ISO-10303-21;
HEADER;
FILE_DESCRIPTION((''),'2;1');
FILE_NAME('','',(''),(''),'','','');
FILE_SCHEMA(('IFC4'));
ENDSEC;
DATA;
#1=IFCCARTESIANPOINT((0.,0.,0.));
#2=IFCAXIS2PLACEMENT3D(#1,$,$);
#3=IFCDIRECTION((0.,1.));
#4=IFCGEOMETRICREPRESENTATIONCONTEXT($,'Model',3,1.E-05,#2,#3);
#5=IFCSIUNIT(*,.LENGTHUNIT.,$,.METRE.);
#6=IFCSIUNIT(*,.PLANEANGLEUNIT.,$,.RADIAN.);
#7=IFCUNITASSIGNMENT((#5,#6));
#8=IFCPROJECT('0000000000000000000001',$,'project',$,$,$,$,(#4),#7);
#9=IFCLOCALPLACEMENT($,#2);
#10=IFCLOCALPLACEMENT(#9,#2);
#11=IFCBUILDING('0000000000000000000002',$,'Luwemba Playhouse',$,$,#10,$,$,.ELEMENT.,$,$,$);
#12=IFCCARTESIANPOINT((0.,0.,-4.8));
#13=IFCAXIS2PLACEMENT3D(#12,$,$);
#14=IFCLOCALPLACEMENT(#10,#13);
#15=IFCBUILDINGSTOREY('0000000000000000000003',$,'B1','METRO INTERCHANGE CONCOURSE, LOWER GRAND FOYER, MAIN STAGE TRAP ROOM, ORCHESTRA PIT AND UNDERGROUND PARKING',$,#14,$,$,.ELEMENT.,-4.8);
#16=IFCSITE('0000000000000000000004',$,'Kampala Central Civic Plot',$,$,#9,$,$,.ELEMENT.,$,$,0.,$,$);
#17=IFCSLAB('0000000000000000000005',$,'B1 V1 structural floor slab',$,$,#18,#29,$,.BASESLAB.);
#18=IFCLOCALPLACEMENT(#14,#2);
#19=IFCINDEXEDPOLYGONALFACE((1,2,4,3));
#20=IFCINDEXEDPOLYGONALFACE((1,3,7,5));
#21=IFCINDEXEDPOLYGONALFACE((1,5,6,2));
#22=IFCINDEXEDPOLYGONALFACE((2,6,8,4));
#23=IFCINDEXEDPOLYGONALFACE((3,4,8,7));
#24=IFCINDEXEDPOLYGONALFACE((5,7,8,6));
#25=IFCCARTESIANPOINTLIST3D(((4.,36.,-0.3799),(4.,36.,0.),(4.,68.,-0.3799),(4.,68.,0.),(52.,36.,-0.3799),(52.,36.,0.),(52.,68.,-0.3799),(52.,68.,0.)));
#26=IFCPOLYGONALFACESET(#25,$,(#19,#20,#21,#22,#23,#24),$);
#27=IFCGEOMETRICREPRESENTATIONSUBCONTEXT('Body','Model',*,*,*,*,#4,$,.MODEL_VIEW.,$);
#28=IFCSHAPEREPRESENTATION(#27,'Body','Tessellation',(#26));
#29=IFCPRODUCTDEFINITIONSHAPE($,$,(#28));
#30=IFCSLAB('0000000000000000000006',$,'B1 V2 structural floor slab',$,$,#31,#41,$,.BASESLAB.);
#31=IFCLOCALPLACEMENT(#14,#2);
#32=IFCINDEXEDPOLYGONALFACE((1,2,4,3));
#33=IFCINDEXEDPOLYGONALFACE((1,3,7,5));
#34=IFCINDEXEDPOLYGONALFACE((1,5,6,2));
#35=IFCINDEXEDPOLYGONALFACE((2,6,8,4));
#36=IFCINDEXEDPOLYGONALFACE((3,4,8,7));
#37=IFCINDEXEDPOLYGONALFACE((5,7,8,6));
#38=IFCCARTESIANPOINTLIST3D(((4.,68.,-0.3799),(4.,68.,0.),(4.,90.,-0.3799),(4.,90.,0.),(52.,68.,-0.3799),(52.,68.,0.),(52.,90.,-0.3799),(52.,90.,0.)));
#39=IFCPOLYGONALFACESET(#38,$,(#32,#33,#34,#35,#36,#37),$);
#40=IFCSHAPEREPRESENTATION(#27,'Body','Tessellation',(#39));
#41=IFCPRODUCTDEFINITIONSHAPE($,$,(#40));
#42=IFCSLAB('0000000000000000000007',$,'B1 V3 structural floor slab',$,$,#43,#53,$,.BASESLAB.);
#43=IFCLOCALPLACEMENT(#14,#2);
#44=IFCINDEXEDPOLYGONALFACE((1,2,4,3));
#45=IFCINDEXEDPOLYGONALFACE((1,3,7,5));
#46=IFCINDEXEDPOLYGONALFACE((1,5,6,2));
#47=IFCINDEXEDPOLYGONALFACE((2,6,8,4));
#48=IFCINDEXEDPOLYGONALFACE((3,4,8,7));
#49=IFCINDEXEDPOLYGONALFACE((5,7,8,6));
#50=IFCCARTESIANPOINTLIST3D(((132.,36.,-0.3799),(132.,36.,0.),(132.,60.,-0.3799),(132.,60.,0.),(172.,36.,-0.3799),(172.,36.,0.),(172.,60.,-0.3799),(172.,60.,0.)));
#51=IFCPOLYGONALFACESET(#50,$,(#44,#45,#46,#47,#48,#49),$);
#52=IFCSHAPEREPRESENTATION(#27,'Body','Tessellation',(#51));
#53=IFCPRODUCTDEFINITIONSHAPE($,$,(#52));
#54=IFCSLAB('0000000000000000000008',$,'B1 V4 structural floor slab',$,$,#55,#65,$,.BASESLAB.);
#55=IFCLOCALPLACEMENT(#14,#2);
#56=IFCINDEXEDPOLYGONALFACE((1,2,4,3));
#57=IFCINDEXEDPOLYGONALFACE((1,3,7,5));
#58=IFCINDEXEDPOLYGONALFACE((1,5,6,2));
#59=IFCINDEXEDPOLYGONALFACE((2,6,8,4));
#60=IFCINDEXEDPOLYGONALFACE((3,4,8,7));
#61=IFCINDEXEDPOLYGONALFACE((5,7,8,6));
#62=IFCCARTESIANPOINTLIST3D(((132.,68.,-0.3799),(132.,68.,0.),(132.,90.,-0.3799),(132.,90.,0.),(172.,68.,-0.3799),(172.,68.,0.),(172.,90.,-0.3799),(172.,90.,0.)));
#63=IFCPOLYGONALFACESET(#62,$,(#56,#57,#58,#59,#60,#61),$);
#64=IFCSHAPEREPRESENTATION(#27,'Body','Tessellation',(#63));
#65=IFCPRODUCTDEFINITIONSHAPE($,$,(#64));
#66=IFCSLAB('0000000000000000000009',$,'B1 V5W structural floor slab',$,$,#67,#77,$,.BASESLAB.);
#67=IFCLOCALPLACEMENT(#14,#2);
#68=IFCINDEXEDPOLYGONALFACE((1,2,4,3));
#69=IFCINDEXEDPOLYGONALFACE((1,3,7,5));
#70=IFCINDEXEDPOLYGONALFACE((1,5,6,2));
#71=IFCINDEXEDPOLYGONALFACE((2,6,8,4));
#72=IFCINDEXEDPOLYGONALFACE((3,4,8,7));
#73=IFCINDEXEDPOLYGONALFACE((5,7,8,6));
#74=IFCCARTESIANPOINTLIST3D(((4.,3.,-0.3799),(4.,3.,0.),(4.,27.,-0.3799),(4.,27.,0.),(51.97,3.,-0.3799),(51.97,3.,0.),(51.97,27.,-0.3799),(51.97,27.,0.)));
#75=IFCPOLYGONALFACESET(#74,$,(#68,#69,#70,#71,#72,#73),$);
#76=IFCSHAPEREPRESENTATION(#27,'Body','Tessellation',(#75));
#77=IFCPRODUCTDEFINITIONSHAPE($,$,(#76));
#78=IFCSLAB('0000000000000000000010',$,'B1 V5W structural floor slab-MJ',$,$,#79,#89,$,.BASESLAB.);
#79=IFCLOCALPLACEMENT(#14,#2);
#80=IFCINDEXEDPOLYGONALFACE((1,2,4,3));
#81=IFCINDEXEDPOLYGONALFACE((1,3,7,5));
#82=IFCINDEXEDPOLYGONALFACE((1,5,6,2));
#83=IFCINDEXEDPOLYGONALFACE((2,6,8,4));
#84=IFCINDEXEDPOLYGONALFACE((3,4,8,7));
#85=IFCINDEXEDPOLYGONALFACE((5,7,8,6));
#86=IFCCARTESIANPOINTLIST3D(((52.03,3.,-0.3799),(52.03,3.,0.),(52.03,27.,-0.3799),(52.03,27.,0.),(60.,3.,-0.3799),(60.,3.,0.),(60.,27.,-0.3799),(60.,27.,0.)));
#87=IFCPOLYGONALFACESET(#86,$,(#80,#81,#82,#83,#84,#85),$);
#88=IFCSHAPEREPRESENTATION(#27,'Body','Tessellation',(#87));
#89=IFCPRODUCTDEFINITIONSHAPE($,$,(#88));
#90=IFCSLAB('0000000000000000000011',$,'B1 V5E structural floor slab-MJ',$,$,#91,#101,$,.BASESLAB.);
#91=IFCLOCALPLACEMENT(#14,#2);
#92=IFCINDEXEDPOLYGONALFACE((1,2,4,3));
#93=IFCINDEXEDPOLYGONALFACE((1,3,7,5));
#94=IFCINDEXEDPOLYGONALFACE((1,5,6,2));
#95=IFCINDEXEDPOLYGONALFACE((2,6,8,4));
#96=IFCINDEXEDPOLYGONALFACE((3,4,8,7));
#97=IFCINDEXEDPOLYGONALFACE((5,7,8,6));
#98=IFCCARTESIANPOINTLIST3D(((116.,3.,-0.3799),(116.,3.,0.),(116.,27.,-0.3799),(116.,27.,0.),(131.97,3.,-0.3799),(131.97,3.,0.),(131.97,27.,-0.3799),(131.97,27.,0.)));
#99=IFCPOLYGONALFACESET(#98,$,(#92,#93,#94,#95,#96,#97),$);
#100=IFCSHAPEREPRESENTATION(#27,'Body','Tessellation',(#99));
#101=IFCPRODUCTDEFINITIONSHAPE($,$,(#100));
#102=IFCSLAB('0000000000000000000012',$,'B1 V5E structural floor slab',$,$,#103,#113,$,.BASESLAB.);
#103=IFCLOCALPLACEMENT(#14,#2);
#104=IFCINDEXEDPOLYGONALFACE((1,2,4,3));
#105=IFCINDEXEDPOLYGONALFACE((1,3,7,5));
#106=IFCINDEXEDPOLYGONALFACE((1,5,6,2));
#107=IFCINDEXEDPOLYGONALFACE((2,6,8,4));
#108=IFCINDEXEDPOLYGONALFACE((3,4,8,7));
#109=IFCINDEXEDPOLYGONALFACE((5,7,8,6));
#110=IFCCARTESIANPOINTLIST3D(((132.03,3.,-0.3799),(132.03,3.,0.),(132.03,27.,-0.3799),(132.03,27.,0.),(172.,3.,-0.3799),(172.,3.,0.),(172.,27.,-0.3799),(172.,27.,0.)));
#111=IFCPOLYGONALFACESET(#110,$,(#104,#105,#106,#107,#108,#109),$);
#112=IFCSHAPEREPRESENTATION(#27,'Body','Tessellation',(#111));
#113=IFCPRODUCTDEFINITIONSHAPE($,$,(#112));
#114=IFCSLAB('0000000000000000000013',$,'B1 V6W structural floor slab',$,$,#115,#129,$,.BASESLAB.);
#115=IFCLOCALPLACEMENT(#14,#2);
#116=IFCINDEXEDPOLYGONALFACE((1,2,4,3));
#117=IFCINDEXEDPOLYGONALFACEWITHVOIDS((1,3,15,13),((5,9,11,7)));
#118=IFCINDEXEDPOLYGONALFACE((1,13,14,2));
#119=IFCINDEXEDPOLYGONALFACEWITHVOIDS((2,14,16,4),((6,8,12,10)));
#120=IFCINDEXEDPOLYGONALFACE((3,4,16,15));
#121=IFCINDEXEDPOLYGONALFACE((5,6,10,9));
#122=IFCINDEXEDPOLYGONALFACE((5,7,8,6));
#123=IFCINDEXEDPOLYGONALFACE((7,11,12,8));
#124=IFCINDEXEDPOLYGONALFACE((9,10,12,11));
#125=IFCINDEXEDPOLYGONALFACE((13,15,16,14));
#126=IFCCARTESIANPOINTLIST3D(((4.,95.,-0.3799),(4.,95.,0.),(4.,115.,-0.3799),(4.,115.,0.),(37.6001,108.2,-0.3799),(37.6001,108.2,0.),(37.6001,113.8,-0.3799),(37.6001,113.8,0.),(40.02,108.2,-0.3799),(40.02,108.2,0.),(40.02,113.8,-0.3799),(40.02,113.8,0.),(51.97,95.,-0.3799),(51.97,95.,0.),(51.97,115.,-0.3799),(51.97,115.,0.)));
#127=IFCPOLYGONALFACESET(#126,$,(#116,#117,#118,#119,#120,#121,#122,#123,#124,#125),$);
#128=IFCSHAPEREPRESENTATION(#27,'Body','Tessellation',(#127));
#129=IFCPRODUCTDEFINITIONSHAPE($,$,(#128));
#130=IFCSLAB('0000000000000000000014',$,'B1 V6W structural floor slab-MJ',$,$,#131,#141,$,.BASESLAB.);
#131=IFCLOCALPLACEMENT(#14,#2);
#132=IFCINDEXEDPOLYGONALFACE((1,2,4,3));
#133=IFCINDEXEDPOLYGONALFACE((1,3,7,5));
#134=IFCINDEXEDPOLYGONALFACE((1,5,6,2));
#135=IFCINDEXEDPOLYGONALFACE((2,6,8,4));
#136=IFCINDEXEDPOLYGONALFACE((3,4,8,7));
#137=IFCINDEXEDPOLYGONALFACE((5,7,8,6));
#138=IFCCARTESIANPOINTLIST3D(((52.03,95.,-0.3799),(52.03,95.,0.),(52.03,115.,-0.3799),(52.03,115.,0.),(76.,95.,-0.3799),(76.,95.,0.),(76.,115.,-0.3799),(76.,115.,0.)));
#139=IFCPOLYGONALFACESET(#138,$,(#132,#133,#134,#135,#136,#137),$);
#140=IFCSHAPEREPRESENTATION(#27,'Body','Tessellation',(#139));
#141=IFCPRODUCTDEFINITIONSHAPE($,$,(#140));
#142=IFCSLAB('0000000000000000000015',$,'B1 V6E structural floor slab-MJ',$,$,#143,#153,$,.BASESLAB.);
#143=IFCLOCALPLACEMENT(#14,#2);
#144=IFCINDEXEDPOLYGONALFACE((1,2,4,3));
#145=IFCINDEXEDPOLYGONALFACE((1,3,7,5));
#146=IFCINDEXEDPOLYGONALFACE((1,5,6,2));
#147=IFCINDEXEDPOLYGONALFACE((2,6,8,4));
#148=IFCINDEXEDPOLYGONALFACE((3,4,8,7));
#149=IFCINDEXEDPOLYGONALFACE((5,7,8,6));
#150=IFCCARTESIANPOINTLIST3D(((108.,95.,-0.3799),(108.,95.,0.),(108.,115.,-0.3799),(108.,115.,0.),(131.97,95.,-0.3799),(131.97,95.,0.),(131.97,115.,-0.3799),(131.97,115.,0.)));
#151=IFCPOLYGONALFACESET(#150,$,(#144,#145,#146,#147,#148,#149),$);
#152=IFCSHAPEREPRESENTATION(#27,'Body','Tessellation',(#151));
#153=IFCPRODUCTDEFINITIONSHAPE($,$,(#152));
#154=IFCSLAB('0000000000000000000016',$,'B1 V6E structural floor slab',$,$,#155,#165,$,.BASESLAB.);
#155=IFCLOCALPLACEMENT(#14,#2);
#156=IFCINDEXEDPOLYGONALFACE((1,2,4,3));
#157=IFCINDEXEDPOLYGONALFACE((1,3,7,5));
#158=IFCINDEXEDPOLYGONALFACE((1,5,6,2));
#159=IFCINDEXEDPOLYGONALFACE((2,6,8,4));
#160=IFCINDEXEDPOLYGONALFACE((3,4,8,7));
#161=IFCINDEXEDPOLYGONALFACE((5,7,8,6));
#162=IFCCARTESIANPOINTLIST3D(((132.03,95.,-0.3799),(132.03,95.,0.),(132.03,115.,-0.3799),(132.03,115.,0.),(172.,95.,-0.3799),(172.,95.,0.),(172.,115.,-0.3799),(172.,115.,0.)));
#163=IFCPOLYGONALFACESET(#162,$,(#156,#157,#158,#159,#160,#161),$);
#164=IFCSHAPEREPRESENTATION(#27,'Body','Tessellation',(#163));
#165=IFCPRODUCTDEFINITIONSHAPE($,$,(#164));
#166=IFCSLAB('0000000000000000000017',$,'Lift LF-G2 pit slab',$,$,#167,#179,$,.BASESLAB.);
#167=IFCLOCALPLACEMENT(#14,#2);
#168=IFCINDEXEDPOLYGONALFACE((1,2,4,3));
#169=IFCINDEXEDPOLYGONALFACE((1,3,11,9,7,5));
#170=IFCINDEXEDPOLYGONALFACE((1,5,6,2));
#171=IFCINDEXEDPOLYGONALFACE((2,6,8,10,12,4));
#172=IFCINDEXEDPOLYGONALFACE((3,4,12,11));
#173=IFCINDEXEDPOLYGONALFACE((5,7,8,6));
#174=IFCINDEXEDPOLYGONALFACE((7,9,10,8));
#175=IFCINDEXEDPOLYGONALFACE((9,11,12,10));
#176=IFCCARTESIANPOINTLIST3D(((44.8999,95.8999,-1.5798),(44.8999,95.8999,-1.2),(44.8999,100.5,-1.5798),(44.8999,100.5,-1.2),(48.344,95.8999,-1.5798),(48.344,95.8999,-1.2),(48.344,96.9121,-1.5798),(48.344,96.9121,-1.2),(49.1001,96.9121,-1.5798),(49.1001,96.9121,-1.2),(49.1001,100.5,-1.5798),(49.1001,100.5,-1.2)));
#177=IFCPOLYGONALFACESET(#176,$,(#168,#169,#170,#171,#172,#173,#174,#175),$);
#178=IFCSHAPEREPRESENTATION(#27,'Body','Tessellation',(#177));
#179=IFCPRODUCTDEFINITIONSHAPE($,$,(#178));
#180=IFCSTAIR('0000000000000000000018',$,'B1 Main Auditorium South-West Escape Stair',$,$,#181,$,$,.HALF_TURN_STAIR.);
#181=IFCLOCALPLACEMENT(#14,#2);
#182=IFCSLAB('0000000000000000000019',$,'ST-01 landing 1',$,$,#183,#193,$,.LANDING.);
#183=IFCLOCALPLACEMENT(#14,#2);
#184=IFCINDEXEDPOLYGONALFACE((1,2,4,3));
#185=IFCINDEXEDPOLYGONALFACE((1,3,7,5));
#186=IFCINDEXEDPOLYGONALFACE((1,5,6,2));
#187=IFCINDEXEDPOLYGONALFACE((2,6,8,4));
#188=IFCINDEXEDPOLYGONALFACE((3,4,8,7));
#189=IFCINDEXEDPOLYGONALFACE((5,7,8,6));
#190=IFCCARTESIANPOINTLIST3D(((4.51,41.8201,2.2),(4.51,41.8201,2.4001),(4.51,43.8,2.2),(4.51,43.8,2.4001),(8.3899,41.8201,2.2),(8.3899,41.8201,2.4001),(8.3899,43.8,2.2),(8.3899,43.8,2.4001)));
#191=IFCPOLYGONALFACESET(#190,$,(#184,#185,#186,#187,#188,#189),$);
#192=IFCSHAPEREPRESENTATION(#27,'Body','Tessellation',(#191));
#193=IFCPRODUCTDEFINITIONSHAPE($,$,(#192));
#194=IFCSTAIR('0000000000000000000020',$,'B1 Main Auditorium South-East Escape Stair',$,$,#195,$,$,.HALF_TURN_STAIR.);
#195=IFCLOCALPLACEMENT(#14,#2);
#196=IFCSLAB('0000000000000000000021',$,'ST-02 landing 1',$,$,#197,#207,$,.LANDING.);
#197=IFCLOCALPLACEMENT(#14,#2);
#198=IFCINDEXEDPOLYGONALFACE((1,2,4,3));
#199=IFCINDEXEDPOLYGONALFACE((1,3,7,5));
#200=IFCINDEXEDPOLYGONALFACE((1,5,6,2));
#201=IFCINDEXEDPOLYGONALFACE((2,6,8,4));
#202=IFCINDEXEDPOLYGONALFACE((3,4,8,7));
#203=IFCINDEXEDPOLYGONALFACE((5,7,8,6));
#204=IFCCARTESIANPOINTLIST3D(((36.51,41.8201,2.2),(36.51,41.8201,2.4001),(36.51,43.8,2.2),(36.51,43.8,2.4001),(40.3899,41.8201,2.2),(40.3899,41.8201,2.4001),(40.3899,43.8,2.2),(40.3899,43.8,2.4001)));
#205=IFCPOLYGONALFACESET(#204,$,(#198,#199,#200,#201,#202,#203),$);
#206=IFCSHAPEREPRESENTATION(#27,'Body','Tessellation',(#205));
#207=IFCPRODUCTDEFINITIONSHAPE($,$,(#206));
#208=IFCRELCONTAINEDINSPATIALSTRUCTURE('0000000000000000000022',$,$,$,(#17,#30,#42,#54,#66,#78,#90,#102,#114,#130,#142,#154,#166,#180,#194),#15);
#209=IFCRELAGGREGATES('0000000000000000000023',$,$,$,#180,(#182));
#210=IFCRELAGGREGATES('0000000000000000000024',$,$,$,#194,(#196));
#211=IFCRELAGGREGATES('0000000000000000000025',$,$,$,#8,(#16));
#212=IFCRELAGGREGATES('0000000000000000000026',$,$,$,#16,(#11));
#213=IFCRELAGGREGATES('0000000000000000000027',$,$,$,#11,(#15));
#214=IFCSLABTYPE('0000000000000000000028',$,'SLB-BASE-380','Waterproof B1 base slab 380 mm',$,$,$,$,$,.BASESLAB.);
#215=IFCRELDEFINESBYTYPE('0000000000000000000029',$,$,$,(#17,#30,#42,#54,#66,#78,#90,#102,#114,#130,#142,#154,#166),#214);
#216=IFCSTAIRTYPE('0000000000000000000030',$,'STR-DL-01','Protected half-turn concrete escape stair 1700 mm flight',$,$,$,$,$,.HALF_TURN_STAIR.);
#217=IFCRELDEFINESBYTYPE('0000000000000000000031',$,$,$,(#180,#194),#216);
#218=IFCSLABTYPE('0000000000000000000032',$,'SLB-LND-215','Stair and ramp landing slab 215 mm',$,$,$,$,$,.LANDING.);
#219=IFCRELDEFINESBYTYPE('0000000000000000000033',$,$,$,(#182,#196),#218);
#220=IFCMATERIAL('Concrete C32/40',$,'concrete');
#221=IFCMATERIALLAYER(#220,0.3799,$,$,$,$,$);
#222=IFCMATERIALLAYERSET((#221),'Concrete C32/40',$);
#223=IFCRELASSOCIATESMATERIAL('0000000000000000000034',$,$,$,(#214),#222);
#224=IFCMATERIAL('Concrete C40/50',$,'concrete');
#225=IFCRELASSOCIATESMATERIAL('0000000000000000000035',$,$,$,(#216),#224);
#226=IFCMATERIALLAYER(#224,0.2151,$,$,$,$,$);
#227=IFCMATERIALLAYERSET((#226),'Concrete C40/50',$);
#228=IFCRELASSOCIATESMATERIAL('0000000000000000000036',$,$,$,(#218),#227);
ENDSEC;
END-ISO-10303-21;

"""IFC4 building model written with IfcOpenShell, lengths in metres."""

from ifc_helpers import new_model, si_unit, direction, frame, origin, place, context, subcontext, project, spatial, polyline, outline, extrude, material, layer, layer_set, type_object, element, aggregate, save


model = new_model("IFC4")

# Units and contexts
model_context = context("Model", 3, precision=1e-05, world=origin(), true_north=direction((0.0, 1.0)))
body_context = subcontext(model_context, "Body", "Model", "MODEL_VIEW")
ifc_project = project(units=[si_unit("LENGTHUNIT", "METRE"), si_unit("PLANEANGLEUNIT", "RADIAN")], contexts=[model_context])

# Site, building, storey
site_placement = place(None, origin())
site = spatial("IfcSite", under=ifc_project, at=site_placement, Name="Kampala Central Civic Plot", CompositionType="ELEMENT", RefElevation=0.0)
building_placement = place(site_placement, origin())
building = spatial("IfcBuilding", under=site, at=building_placement, Name="Luwemba Playhouse", CompositionType="ELEMENT")
storey_placement = place(building_placement, frame((0.0, 0.0, -4.8)))
storey = spatial("IfcBuildingStorey", under=building, at=storey_placement, Name="B1", Description="METRO INTERCHANGE CONCOURSE, LOWER GRAND FOYER, MAIN STAGE TRAP ROOM, ORCHESTRA PIT AND UNDERGROUND PARKING", CompositionType="ELEMENT", Elevation=-4.8)

# Slabs
ifc_material_1 = material(Name="Concrete C32/40", Category="concrete")
ifc_layer_1 = layer(ifc_material_1, 0.3799)
ifc_layer_set_1 = layer_set([ifc_layer_1], Name="Concrete C32/40")
slab_type_1 = type_object("IfcSlabType", Name="SLB-BASE-380", Description="Waterproof B1 base slab 380 mm", PredefinedType="BASESLAB", material=ifc_layer_set_1)
slab_1_placement = place(storey_placement, frame((0.0, 0.0, -0.3799)))
element("IfcSlab", 1, at=slab_1_placement, inside=storey, type_object=slab_type_1, Name="B1 V1 structural floor slab", PredefinedType="BASESLAB", context=body_context, shape_type="SweptSolid", body=[
    extrude(outline(polyline([(4.0, 68.0), (52.0, 68.0), (52.0, 36.0), (4.0, 36.0), (4.0, 68.0)])), origin(), (0.0, 0.0, 1.0), 0.3799),
])
slab_2_placement = place(storey_placement, frame((0.0, 0.0, -0.3799)))
element("IfcSlab", 2, at=slab_2_placement, inside=storey, type_object=slab_type_1, Name="B1 V2 structural floor slab", PredefinedType="BASESLAB", context=body_context, shape_type="SweptSolid", body=[
    extrude(outline(polyline([(4.0, 90.0), (52.0, 90.0), (52.0, 68.0), (4.0, 68.0), (4.0, 90.0)])), origin(), (0.0, 0.0, 1.0), 0.3799),
])
slab_3_placement = place(storey_placement, frame((0.0, 0.0, -0.3799)))
element("IfcSlab", 3, at=slab_3_placement, inside=storey, type_object=slab_type_1, Name="B1 V3 structural floor slab", PredefinedType="BASESLAB", context=body_context, shape_type="SweptSolid", body=[
    extrude(outline(polyline([(132.0, 60.0), (172.0, 60.0), (172.0, 36.0), (132.0, 36.0), (132.0, 60.0)])), origin(), (0.0, 0.0, 1.0), 0.3799),
])
slab_4_placement = place(storey_placement, frame((0.0, 0.0, -0.3799)))
element("IfcSlab", 4, at=slab_4_placement, inside=storey, type_object=slab_type_1, Name="B1 V4 structural floor slab", PredefinedType="BASESLAB", context=body_context, shape_type="SweptSolid", body=[
    extrude(outline(polyline([(132.0, 90.0), (172.0, 90.0), (172.0, 68.0), (132.0, 68.0), (132.0, 90.0)])), origin(), (0.0, 0.0, 1.0), 0.3799),
])
slab_5_placement = place(storey_placement, frame((0.0, 0.0, -0.3799)))
element("IfcSlab", 5, at=slab_5_placement, inside=storey, type_object=slab_type_1, Name="B1 V5W structural floor slab", PredefinedType="BASESLAB", context=body_context, shape_type="SweptSolid", body=[
    extrude(outline(polyline([(4.0, 3.0), (4.0, 27.0), (51.97, 27.0), (51.97, 3.0), (4.0, 3.0)])), origin(), (0.0, 0.0, 1.0), 0.3799),
])
slab_6_placement = place(storey_placement, frame((0.0, 0.0, -0.3799)))
element("IfcSlab", 6, at=slab_6_placement, inside=storey, type_object=slab_type_1, Name="B1 V5W structural floor slab-MJ", PredefinedType="BASESLAB", context=body_context, shape_type="SweptSolid", body=[
    extrude(outline(polyline([(60.0, 27.0), (60.0, 3.0), (52.03, 3.0), (52.03, 27.0), (60.0, 27.0)])), origin(), (0.0, 0.0, 1.0), 0.3799),
])
slab_7_placement = place(storey_placement, frame((0.0, 0.0, -0.3799)))
element("IfcSlab", 7, at=slab_7_placement, inside=storey, type_object=slab_type_1, Name="B1 V5E structural floor slab-MJ", PredefinedType="BASESLAB", context=body_context, shape_type="SweptSolid", body=[
    extrude(outline(polyline([(116.0, 3.0), (116.0, 27.0), (131.97, 27.0), (131.97, 3.0), (116.0, 3.0)])), origin(), (0.0, 0.0, 1.0), 0.3799),
])
slab_8_placement = place(storey_placement, frame((0.0, 0.0, -0.3799)))
element("IfcSlab", 8, at=slab_8_placement, inside=storey, type_object=slab_type_1, Name="B1 V5E structural floor slab", PredefinedType="BASESLAB", context=body_context, shape_type="SweptSolid", body=[
    extrude(outline(polyline([(172.0, 27.0), (172.0, 3.0), (132.03, 3.0), (132.03, 27.0), (172.0, 27.0)])), origin(), (0.0, 0.0, 1.0), 0.3799),
])
slab_9_placement = place(storey_placement, frame((0.0, 0.0, -0.3799)))
element("IfcSlab", 9, at=slab_9_placement, inside=storey, type_object=slab_type_1, Name="B1 V6W structural floor slab", PredefinedType="BASESLAB", context=body_context, shape_type="SweptSolid", body=[
    extrude(outline(polyline([(51.97, 115.0), (51.97, 95.0), (4.0, 95.0), (4.0, 115.0), (51.97, 115.0)]), holes=[polyline([(40.02, 113.8), (37.6001, 113.8), (37.6001, 108.2), (40.02, 108.2), (40.02, 113.8)])]), origin(), (0.0, 0.0, 1.0), 0.3799),
])
slab_10_placement = place(storey_placement, frame((0.0, 0.0, -0.3799)))
element("IfcSlab", 10, at=slab_10_placement, inside=storey, type_object=slab_type_1, Name="B1 V6W structural floor slab-MJ", PredefinedType="BASESLAB", context=body_context, shape_type="SweptSolid", body=[
    extrude(outline(polyline([(76.0, 115.0), (76.0, 95.0), (52.03, 95.0), (52.03, 115.0), (76.0, 115.0)])), origin(), (0.0, 0.0, 1.0), 0.3799),
])
slab_11_placement = place(storey_placement, frame((0.0, 0.0, -0.3799)))
element("IfcSlab", 11, at=slab_11_placement, inside=storey, type_object=slab_type_1, Name="B1 V6E structural floor slab-MJ", PredefinedType="BASESLAB", context=body_context, shape_type="SweptSolid", body=[
    extrude(outline(polyline([(108.0, 95.0), (108.0, 115.0), (131.97, 115.0), (131.97, 95.0), (108.0, 95.0)])), origin(), (0.0, 0.0, 1.0), 0.3799),
])
slab_12_placement = place(storey_placement, frame((0.0, 0.0, -0.3799)))
element("IfcSlab", 12, at=slab_12_placement, inside=storey, type_object=slab_type_1, Name="B1 V6E structural floor slab", PredefinedType="BASESLAB", context=body_context, shape_type="SweptSolid", body=[
    extrude(outline(polyline([(172.0, 115.0), (172.0, 95.0), (132.03, 95.0), (132.03, 115.0), (172.0, 115.0)])), origin(), (0.0, 0.0, 1.0), 0.3799),
])
slab_13_placement = place(storey_placement, frame((0.0, 0.0, -1.5798)))
element("IfcSlab", 13, at=slab_13_placement, inside=storey, type_object=slab_type_1, Name="Lift LF-G2 pit slab", PredefinedType="BASESLAB", context=body_context, shape_type="SweptSolid", body=[
    extrude(outline(polyline([(44.8999, 95.8999), (48.344, 95.8999), (48.344, 96.9121), (49.1001, 96.9121), (49.1001, 100.5), (44.8999, 100.5), (44.8999, 95.8999)])), origin(), (0.0, 0.0, 1.0), 0.3799),
])

# Stairs, slabs
ifc_material_2 = material(Name="Concrete C40/50", Category="concrete")
stair_type_1 = type_object("IfcStairType", Name="STR-DL-01", Description="Protected half-turn concrete escape stair 1700 mm flight", PredefinedType="HALF_TURN_STAIR", material=ifc_material_2)
stair_1_placement = place(storey_placement, origin())
stair_1 = element("IfcStair", 14, at=stair_1_placement, inside=storey, type_object=stair_type_1, Name="B1 Main Auditorium South-West Escape Stair", PredefinedType="HALF_TURN_STAIR")
ifc_layer_2 = layer(ifc_material_2, 0.2151)
ifc_layer_set_2 = layer_set([ifc_layer_2], Name="Concrete C40/50")
slab_type_2 = type_object("IfcSlabType", Name="SLB-LND-215", Description="Stair and ramp landing slab 215 mm", PredefinedType="LANDING", material=ifc_layer_set_2)
slab_14_placement = place(storey_placement, frame((0.0, 0.0, 2.2)))
slab_14 = element("IfcSlab", 15, at=slab_14_placement, type_object=slab_type_2, Name="ST-01 landing 1", PredefinedType="LANDING", context=body_context, shape_type="SweptSolid", body=[
    extrude(outline(polyline([(8.3899, 41.8201), (4.51, 41.8201), (4.51, 43.8), (8.3899, 43.8), (8.3899, 41.8201)])), origin(), (0.0, 0.0, 1.0), 0.2002),
])
aggregate(stair_1, [slab_14])
stair_2_placement = place(storey_placement, origin())
stair_2 = element("IfcStair", 16, at=stair_2_placement, inside=storey, type_object=stair_type_1, Name="B1 Main Auditorium South-East Escape Stair", PredefinedType="HALF_TURN_STAIR")
slab_15_placement = place(storey_placement, frame((0.0, 0.0, 2.2)))
slab_15 = element("IfcSlab", 17, at=slab_15_placement, type_object=slab_type_2, Name="ST-02 landing 1", PredefinedType="LANDING", context=body_context, shape_type="SweptSolid", body=[
    extrude(outline(polyline([(40.3899, 41.8201), (36.51, 41.8201), (36.51, 43.8), (40.3899, 43.8), (40.3899, 41.8201)])), origin(), (0.0, 0.0, 1.0), 0.2002),
])
aggregate(stair_2, [slab_15])

save(model, "model.ifc")
